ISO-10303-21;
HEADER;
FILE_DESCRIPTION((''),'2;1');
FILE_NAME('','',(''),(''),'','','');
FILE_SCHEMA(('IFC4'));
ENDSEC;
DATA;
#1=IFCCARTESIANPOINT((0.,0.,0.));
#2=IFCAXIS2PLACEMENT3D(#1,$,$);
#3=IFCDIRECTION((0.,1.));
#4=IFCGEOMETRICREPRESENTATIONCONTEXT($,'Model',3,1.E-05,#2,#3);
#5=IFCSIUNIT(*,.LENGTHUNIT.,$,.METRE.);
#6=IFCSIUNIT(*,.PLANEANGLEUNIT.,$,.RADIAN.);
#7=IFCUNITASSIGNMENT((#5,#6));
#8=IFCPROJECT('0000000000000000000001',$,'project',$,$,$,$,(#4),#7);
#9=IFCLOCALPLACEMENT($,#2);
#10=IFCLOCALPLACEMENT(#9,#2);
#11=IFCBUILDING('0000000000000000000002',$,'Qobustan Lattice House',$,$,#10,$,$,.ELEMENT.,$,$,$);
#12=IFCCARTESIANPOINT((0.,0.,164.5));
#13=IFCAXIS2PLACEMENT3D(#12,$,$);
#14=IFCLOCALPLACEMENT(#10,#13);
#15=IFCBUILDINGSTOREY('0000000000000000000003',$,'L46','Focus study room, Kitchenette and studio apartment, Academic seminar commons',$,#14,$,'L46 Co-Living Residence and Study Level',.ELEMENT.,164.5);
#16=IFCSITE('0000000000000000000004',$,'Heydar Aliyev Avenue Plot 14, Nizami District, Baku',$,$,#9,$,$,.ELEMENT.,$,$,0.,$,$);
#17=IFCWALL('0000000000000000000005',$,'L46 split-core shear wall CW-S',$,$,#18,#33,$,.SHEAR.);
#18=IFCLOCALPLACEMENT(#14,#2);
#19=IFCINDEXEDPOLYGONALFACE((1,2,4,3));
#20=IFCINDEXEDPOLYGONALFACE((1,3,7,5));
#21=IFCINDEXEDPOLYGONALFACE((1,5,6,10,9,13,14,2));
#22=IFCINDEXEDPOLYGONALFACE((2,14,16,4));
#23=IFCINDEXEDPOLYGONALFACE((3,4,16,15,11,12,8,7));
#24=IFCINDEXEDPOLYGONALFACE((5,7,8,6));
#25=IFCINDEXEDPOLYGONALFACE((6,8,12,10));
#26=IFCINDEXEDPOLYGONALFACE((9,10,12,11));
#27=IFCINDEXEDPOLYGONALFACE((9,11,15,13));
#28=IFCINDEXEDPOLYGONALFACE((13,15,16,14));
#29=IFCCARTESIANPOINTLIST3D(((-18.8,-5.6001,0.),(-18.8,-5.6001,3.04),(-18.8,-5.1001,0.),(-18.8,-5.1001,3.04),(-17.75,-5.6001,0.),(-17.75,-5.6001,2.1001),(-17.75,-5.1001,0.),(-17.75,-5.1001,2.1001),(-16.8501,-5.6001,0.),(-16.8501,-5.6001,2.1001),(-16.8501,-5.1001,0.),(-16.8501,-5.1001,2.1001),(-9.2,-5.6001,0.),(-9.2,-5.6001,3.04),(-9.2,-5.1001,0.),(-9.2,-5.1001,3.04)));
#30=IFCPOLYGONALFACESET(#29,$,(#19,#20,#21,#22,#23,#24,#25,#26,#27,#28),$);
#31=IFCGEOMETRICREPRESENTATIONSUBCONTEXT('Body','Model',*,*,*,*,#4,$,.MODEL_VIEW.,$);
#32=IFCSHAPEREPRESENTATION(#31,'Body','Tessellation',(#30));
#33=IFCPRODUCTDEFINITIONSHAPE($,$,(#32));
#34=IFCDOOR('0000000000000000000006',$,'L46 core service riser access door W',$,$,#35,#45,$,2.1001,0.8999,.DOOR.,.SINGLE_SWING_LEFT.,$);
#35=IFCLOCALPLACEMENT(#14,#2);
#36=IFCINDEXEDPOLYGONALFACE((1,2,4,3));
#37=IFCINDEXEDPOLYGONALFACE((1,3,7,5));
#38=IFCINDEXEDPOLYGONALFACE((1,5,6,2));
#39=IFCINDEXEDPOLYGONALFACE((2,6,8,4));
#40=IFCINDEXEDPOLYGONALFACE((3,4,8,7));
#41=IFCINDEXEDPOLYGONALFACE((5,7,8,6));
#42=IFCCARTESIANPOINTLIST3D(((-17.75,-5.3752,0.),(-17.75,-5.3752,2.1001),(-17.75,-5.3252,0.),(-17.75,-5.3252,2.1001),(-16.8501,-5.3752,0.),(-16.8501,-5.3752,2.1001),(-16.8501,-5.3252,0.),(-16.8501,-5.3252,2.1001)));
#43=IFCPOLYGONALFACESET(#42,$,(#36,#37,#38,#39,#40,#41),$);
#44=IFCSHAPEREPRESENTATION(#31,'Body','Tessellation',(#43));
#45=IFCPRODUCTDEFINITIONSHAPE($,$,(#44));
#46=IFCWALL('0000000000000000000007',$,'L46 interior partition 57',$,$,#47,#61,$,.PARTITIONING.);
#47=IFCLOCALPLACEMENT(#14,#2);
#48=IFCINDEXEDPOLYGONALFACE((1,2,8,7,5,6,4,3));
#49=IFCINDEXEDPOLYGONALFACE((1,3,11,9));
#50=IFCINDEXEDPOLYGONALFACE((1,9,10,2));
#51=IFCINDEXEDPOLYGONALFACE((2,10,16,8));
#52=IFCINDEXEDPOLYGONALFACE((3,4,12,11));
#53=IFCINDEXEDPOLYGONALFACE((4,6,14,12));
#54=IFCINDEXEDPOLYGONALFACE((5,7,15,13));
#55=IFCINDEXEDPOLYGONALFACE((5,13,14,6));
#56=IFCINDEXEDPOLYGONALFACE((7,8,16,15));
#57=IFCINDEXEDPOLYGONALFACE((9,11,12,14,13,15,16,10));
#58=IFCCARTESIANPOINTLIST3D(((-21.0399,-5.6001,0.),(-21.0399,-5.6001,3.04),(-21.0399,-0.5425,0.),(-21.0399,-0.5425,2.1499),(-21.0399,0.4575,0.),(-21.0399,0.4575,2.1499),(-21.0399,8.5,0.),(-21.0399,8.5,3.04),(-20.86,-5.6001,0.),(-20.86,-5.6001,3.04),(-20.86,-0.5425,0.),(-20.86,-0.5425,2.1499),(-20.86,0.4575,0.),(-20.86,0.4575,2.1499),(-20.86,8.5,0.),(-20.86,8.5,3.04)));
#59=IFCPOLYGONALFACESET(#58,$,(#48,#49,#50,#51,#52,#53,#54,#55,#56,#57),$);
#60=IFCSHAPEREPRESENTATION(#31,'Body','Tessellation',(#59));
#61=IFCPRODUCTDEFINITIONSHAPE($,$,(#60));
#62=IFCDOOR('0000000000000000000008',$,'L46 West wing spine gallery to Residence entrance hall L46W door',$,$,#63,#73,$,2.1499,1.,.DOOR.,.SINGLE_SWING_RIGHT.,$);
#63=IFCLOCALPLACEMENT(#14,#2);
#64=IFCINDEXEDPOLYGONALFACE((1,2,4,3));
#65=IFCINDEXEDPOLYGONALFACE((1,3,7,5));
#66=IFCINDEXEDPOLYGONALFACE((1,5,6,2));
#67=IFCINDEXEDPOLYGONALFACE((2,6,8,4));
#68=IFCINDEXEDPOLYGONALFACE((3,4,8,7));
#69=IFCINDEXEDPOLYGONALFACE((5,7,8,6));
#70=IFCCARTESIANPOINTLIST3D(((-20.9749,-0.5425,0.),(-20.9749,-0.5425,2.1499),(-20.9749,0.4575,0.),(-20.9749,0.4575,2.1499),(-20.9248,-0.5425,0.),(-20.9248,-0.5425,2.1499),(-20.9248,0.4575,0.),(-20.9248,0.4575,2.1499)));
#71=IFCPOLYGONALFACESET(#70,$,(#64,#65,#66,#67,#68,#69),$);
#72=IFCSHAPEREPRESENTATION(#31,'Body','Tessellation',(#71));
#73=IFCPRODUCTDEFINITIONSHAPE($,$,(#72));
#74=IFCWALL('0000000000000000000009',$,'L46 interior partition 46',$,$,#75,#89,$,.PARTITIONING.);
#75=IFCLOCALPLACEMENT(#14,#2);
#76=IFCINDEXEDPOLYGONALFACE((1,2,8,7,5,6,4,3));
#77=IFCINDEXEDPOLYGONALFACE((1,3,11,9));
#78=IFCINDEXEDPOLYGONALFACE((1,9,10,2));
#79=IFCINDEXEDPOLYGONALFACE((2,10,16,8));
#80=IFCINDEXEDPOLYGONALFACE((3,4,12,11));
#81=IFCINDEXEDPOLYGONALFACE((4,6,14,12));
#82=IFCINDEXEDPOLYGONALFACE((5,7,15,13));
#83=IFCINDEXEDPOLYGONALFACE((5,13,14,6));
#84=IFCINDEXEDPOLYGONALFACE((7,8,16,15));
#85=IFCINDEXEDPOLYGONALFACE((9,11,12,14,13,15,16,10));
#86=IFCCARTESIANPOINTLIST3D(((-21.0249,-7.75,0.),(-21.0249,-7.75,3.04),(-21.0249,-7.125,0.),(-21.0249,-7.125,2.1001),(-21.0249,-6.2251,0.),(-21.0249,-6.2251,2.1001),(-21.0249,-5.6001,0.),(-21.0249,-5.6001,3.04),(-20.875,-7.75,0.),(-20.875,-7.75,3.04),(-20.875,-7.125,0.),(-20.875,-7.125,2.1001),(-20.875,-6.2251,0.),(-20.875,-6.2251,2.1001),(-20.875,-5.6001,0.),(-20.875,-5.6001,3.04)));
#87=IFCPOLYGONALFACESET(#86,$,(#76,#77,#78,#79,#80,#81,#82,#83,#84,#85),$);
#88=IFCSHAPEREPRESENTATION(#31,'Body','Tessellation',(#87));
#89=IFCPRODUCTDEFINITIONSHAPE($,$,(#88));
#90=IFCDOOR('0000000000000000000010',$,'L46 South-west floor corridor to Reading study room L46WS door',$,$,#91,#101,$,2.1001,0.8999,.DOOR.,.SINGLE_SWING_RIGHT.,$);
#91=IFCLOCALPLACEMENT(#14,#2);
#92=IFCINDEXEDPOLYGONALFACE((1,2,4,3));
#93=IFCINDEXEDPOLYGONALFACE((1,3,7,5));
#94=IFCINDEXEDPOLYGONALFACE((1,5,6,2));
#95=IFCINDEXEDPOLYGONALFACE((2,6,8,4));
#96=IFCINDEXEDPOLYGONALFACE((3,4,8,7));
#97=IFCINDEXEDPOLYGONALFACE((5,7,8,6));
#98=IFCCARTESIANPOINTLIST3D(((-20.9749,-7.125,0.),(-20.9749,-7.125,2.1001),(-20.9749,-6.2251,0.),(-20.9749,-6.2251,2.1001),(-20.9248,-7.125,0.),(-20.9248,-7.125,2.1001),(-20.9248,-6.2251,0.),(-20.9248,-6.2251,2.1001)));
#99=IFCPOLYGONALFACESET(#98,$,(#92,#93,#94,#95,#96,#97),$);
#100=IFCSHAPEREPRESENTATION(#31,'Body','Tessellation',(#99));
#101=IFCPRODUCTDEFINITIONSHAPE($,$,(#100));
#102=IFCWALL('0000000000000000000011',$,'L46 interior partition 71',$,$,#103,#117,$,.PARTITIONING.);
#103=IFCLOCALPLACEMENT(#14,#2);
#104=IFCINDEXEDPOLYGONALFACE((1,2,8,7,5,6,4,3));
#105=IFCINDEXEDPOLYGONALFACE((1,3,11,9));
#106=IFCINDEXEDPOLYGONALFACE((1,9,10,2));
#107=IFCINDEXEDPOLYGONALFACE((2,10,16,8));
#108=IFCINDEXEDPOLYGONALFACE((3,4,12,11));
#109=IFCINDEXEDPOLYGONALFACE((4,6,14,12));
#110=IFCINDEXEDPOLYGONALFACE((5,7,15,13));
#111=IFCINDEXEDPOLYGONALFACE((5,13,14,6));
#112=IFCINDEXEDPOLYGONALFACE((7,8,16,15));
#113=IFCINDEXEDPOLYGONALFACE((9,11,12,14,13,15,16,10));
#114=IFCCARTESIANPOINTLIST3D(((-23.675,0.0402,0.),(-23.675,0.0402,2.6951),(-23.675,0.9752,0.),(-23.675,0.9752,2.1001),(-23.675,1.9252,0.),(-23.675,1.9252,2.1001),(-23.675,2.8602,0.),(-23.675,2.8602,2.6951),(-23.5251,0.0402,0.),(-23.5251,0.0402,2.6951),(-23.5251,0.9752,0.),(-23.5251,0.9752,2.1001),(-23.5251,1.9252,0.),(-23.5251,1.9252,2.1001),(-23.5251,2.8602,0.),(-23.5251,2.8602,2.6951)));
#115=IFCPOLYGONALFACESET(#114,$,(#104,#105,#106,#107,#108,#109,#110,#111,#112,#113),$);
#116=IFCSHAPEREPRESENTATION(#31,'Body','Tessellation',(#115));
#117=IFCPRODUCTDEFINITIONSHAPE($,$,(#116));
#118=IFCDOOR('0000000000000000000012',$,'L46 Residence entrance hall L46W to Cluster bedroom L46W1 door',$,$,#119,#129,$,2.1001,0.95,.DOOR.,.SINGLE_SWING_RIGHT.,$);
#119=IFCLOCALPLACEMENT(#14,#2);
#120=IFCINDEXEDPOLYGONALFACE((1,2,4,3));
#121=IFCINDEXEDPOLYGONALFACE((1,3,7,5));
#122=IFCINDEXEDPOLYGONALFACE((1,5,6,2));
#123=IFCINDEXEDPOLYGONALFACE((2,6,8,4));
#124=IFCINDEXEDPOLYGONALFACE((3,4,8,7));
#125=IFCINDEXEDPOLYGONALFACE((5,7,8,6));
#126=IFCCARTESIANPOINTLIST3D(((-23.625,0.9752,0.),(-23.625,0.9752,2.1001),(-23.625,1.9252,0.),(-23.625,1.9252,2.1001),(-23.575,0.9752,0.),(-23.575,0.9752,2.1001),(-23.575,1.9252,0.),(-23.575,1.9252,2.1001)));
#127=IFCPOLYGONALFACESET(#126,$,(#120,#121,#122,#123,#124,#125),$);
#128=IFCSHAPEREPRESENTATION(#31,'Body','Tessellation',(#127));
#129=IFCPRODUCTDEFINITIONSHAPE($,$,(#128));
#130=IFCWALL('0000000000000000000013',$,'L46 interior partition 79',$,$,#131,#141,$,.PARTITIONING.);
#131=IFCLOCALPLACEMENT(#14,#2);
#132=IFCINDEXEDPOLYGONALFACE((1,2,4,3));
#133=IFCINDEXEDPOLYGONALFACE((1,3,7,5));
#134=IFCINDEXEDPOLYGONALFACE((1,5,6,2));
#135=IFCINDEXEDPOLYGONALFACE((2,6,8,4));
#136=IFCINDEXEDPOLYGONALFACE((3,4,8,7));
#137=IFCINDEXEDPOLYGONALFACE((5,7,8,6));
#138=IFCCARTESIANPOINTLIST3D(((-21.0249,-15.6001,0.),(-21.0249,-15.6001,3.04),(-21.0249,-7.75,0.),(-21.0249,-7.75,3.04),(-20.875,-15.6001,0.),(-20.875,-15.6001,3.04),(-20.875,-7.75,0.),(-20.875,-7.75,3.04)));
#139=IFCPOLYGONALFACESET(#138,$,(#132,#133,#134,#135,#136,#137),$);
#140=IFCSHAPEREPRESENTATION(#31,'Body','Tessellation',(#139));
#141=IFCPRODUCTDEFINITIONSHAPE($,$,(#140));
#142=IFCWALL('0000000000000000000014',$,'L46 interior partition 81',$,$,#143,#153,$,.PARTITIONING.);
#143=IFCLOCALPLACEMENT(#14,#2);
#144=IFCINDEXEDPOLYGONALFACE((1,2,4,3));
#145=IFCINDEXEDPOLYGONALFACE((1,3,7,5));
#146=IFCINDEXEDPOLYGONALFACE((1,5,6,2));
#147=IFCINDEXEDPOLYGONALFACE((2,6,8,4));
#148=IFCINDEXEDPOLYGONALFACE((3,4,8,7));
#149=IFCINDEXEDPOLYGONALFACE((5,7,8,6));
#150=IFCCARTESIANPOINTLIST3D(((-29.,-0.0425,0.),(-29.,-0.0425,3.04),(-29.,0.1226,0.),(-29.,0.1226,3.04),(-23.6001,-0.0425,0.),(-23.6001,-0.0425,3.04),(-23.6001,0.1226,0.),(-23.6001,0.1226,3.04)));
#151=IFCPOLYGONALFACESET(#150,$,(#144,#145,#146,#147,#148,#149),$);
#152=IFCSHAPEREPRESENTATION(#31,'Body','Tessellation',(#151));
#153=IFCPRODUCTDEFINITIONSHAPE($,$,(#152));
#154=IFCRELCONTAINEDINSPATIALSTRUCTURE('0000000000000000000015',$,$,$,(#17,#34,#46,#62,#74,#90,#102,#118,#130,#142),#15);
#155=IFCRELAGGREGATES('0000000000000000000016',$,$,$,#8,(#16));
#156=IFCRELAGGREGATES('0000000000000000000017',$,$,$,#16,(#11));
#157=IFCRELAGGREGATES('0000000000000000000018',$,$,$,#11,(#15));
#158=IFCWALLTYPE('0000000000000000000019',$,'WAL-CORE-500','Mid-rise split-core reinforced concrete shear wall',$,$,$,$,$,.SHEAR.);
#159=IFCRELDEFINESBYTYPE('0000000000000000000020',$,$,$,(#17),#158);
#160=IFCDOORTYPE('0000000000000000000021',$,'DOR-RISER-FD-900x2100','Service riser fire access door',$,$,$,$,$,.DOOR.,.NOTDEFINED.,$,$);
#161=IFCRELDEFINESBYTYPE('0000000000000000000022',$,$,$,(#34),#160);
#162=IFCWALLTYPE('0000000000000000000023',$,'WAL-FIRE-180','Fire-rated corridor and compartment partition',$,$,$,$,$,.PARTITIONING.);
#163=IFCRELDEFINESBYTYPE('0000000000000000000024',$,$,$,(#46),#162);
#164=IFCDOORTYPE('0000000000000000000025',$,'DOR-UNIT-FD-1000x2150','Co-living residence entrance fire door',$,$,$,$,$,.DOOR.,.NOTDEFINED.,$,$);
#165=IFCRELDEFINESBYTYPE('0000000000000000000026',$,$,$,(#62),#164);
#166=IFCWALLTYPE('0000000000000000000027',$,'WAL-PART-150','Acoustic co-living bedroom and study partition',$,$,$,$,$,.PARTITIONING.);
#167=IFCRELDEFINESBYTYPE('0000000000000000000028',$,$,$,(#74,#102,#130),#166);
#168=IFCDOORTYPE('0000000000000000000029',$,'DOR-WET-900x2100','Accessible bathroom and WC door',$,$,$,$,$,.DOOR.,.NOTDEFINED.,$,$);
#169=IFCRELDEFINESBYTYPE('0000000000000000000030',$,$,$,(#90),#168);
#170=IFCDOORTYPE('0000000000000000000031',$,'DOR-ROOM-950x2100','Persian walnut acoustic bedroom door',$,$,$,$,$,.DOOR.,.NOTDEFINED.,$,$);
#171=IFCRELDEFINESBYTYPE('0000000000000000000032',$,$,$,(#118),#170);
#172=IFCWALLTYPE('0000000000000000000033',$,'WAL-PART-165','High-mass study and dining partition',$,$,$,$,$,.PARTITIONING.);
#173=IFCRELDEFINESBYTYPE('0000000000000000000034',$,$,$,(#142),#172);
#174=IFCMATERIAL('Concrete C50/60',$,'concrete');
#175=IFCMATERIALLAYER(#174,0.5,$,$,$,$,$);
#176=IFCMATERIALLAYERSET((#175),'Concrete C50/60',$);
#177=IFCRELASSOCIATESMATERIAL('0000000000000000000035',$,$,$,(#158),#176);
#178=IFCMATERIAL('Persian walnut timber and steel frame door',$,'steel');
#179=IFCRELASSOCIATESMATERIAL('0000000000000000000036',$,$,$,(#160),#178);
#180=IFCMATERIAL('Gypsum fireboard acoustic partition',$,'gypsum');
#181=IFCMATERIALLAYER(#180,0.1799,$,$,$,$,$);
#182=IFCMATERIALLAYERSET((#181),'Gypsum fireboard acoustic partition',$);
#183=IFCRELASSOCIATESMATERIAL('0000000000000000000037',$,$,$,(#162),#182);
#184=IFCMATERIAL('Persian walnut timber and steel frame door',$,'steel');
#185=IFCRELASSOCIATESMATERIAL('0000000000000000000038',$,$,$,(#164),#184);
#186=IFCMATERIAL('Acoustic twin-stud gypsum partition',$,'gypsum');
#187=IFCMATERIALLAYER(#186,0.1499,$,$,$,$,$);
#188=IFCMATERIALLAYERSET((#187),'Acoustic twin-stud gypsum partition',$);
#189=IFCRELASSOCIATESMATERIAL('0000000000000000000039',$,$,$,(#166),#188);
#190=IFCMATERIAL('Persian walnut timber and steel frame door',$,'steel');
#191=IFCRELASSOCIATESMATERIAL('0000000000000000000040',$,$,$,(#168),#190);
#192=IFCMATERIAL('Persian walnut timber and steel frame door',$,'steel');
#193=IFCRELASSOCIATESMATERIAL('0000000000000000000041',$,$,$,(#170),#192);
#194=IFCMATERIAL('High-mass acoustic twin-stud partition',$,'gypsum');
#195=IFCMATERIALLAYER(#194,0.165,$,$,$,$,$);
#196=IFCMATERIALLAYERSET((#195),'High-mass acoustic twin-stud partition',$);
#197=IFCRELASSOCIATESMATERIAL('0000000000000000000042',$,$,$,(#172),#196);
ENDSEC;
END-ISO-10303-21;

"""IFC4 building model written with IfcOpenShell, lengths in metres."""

from ifc_helpers import new_model, si_unit, direction, frame, frame_2d, origin, place, context, subcontext, project, spatial, rectangle, extrude, material, layer, layer_set, type_object, element, fill, save


model = new_model("IFC4")

# Units and contexts
model_context = context("Model", 3, precision=1e-05, world=origin(), true_north=direction((0.0, 1.0)))
body_context = subcontext(model_context, "Body", "Model", "MODEL_VIEW")
ifc_project = project(units=[si_unit("LENGTHUNIT", "METRE"), si_unit("PLANEANGLEUNIT", "RADIAN")], contexts=[model_context])

# Site, building, storey
site_placement = place(None, origin())
site = spatial("IfcSite", under=ifc_project, at=site_placement, Name="Heydar Aliyev Avenue Plot 14, Nizami District, Baku", CompositionType="ELEMENT", RefElevation=0.0)
building_placement = place(site_placement, origin())
building = spatial("IfcBuilding", under=site, at=building_placement, Name="Qobustan Lattice House", CompositionType="ELEMENT")
storey_placement = place(building_placement, frame((0.0, 0.0, 164.5)))
storey = spatial("IfcBuildingStorey", under=building, at=storey_placement, Name="L46", Description="Focus study room, Kitchenette and studio apartment, Academic seminar commons", LongName="L46 Co-Living Residence and Study Level", CompositionType="ELEMENT", Elevation=164.5)

# Walls, openings, doors
ifc_material_1 = material(Name="Concrete C50/60", Category="concrete")
ifc_layer_1 = layer(ifc_material_1, 0.5)
ifc_layer_set_1 = layer_set([ifc_layer_1], Name="Concrete C50/60")
wall_type_1 = type_object("IfcWallType", Name="WAL-CORE-500", Description="Mid-rise split-core reinforced concrete shear wall", PredefinedType="SHEAR", material=ifc_layer_set_1)
wall_1_placement = place(storey_placement, frame((-18.8, -5.3501, 0.0), z_axis=(0.0, 0.0, 1.0), x_axis=(1.0, 0.0, 0.0)))
wall_1 = element("IfcWall", 1, at=wall_1_placement, inside=storey, type_object=wall_type_1, Name="L46 split-core shear wall CW-S", PredefinedType="SHEAR", context=body_context, shape_type="SweptSolid", body=[
    extrude(rectangle(XDim=9.6001, YDim=0.5, at=frame_2d((4.8, 0.0))), origin(), (0.0, 0.0, 1.0), 3.04),
])
opening_1_placement = place(wall_1_placement, frame((1.05, 0.0, 0.0)))
opening_1 = element("IfcOpeningElement", 2, at=opening_1_placement, cuts=wall_1, PredefinedType="OPENING", context=body_context, shape_type="SweptSolid", body=[
    extrude(rectangle(XDim=0.8999, YDim=2.1001, at=frame_2d((0.45, 1.05))), frame((0.0, 0.26, 0.0), z_axis=(0.0, -1.0, 0.0), x_axis=(1.0, 0.0, 0.0)), (0.0, 0.0, 1.0), 0.52),
])
ifc_material_2 = material(Name="Persian walnut timber and steel frame door", Category="steel")
door_type_1 = type_object("IfcDoorType", Name="DOR-RISER-FD-900x2100", Description="Service riser fire access door", OperationType="NOTDEFINED", PredefinedType="DOOR", material=ifc_material_2)
door_1_placement = place(opening_1_placement, origin())
door_1 = element("IfcDoor", 3, at=door_1_placement, inside=storey, type_object=door_type_1, Name="L46 core service riser access door W", OperationType="SINGLE_SWING_LEFT", OverallHeight=2.1001, OverallWidth=0.8999, PredefinedType="DOOR", context=body_context, shape_type="SweptSolid", body=[
    extrude(rectangle(XDim=0.8999, YDim=2.1001, at=frame_2d((0.45, 1.05))), frame((0.0, 0.0249, 0.0), z_axis=(0.0, -1.0, 0.0), x_axis=(1.0, 0.0, 0.0)), (0.0, 0.0, 1.0), 0.05),
])
fill(opening_1, door_1)
ifc_material_3 = material(Name="Gypsum fireboard acoustic partition", Category="gypsum")
ifc_layer_2 = layer(ifc_material_3, 0.1799)
ifc_layer_set_2 = layer_set([ifc_layer_2], Name="Gypsum fireboard acoustic partition")
wall_type_2 = type_object("IfcWallType", Name="WAL-FIRE-180", Description="Fire-rated corridor and compartment partition", PredefinedType="PARTITIONING", material=ifc_layer_set_2)
wall_2_placement = place(storey_placement, frame((-20.95, -5.6001, 0.0), z_axis=(0.0, 0.0, 1.0), x_axis=(0.0, 1.0, 0.0)))
wall_2 = element("IfcWall", 4, at=wall_2_placement, inside=storey, type_object=wall_type_2, Name="L46 interior partition 57", PredefinedType="PARTITIONING", context=body_context, shape_type="SweptSolid", body=[
    extrude(rectangle(XDim=14.1001, YDim=0.1799, at=frame_2d((7.05, 0.0))), origin(), (0.0, 0.0, 1.0), 3.04),
])
opening_2_placement = place(wall_2_placement, frame((5.0576, 0.0, 0.0)))
opening_2 = element("IfcOpeningElement", 5, at=opening_2_placement, cuts=wall_2, PredefinedType="OPENING", context=body_context, shape_type="SweptSolid", body=[
    extrude(rectangle(XDim=1.0, YDim=2.1499, at=frame_2d((0.5, 1.075))), frame((0.0, 0.0999, 0.0), z_axis=(0.0, -1.0, 0.0), x_axis=(1.0, 0.0, 0.0)), (0.0, 0.0, 1.0), 0.2),
])
ifc_material_4 = material(Name="Persian walnut timber and steel frame door", Category="steel")
door_type_2 = type_object("IfcDoorType", Name="DOR-UNIT-FD-1000x2150", Description="Co-living residence entrance fire door", OperationType="NOTDEFINED", PredefinedType="DOOR", material=ifc_material_4)
door_2_placement = place(opening_2_placement, origin())
door_2 = element("IfcDoor", 6, at=door_2_placement, inside=storey, type_object=door_type_2, Name="L46 West wing spine gallery to Residence entrance hall L46W door", OperationType="SINGLE_SWING_RIGHT", OverallHeight=2.1499, OverallWidth=1.0, PredefinedType="DOOR", context=body_context, shape_type="SweptSolid", body=[
    extrude(rectangle(XDim=1.0, YDim=2.1499, at=frame_2d((0.5, 1.075))), frame((0.0, 0.0249, 0.0), z_axis=(0.0, -1.0, 0.0), x_axis=(1.0, 0.0, 0.0)), (0.0, 0.0, 1.0), 0.05),
])
fill(opening_2, door_2)
ifc_material_5 = material(Name="Acoustic twin-stud gypsum partition", Category="gypsum")
ifc_layer_3 = layer(ifc_material_5, 0.1499)
ifc_layer_set_3 = layer_set([ifc_layer_3], Name="Acoustic twin-stud gypsum partition")
wall_type_3 = type_object("IfcWallType", Name="WAL-PART-150", Description="Acoustic co-living bedroom and study partition", PredefinedType="PARTITIONING", material=ifc_layer_set_3)
wall_3_placement = place(storey_placement, frame((-20.95, -7.75, 0.0), z_axis=(0.0, 0.0, 1.0), x_axis=(0.0, 1.0, 0.0)))
wall_3 = element("IfcWall", 7, at=wall_3_placement, inside=storey, type_object=wall_type_3, Name="L46 interior partition 46", PredefinedType="PARTITIONING", context=body_context, shape_type="SweptSolid", body=[
    extrude(rectangle(XDim=2.1499, YDim=0.1499, at=frame_2d((1.075, 0.0))), origin(), (0.0, 0.0, 1.0), 3.04),
])
opening_3_placement = place(wall_3_placement, frame((0.625, 0.0, 0.0)))
opening_3 = element("IfcOpeningElement", 8, at=opening_3_placement, cuts=wall_3, PredefinedType="OPENING", context=body_context, shape_type="SweptSolid", body=[
    extrude(rectangle(XDim=0.8999, YDim=2.1001, at=frame_2d((0.45, 1.05))), frame((0.0, 0.085, 0.0), z_axis=(0.0, -1.0, 0.0), x_axis=(1.0, 0.0, 0.0)), (0.0, 0.0, 1.0), 0.1699),
])
ifc_material_6 = material(Name="Persian walnut timber and steel frame door", Category="steel")
door_type_3 = type_object("IfcDoorType", Name="DOR-WET-900x2100", Description="Accessible bathroom and WC door", OperationType="NOTDEFINED", PredefinedType="DOOR", material=ifc_material_6)
door_3_placement = place(opening_3_placement, origin())
door_3 = element("IfcDoor", 9, at=door_3_placement, inside=storey, type_object=door_type_3, Name="L46 South-west floor corridor to Reading study room L46WS door", OperationType="SINGLE_SWING_RIGHT", OverallHeight=2.1001, OverallWidth=0.8999, PredefinedType="DOOR", context=body_context, shape_type="SweptSolid", body=[
    extrude(rectangle(XDim=0.8999, YDim=2.1001, at=frame_2d((0.45, 1.05))), frame((0.0, 0.0249, 0.0), z_axis=(0.0, -1.0, 0.0), x_axis=(1.0, 0.0, 0.0)), (0.0, 0.0, 1.0), 0.05),
])
fill(opening_3, door_3)
wall_4_placement = place(storey_placement, frame((-23.6001, 0.04, 0.0), z_axis=(0.0, 0.0, 1.0), x_axis=(0.0, 1.0, 0.0)))
wall_4 = element("IfcWall", 10, at=wall_4_placement, inside=storey, type_object=wall_type_3, Name="L46 interior partition 71", PredefinedType="PARTITIONING", context=body_context, shape_type="SweptSolid", body=[
    extrude(rectangle(XDim=2.8201, YDim=0.1499, at=frame_2d((1.4102, 0.0))), origin(), (0.0, 0.0, 1.0), 2.6951),
])
opening_4_placement = place(wall_4_placement, frame((0.9351, 0.0, 0.0)))
opening_4 = element("IfcOpeningElement", 11, at=opening_4_placement, cuts=wall_4, PredefinedType="OPENING", context=body_context, shape_type="SweptSolid", body=[
    extrude(rectangle(XDim=0.95, YDim=2.1001, at=frame_2d((0.4751, 1.05))), frame((0.0, 0.085, 0.0), z_axis=(0.0, -1.0, 0.0), x_axis=(1.0, 0.0, 0.0)), (0.0, 0.0, 1.0), 0.1699),
])
ifc_material_7 = material(Name="Persian walnut timber and steel frame door", Category="steel")
door_type_4 = type_object("IfcDoorType", Name="DOR-ROOM-950x2100", Description="Persian walnut acoustic bedroom door", OperationType="NOTDEFINED", PredefinedType="DOOR", material=ifc_material_7)
door_4_placement = place(opening_4_placement, origin())
door_4 = element("IfcDoor", 12, at=door_4_placement, inside=storey, type_object=door_type_4, Name="L46 Residence entrance hall L46W to Cluster bedroom L46W1 door", OperationType="SINGLE_SWING_RIGHT", OverallHeight=2.1001, OverallWidth=0.95, PredefinedType="DOOR", context=body_context, shape_type="SweptSolid", body=[
    extrude(rectangle(XDim=0.95, YDim=2.1001, at=frame_2d((0.4751, 1.05))), frame((0.0, 0.0249, 0.0), z_axis=(0.0, -1.0, 0.0), x_axis=(1.0, 0.0, 0.0)), (0.0, 0.0, 1.0), 0.05),
])
fill(opening_4, door_4)

# Wall
wall_5_placement = place(storey_placement, frame((-20.95, -7.75, 0.0), z_axis=(0.0, 0.0, 1.0), x_axis=(0.0, -1.0, 0.0)))
element("IfcWall", 13, at=wall_5_placement, inside=storey, type_object=wall_type_3, Name="L46 interior partition 79", PredefinedType="PARTITIONING", context=body_context, shape_type="SweptSolid", body=[
    extrude(rectangle(XDim=7.8501, YDim=0.1499, at=frame_2d((3.925, 0.0))), origin(), (0.0, 0.0, 1.0), 3.04),
])

# Shared definitions
ifc_material_8 = material(Name="High-mass acoustic twin-stud partition", Category="gypsum")
ifc_layer_4 = layer(ifc_material_8, 0.165)
ifc_layer_set_4 = layer_set([ifc_layer_4], Name="High-mass acoustic twin-stud partition")
wall_type_4 = type_object("IfcWallType", Name="WAL-PART-165", Description="High-mass study and dining partition", PredefinedType="PARTITIONING", material=ifc_layer_set_4)

# Wall
wall_6_placement = place(storey_placement, frame((-29.0, 0.04, 0.0), z_axis=(0.0, 0.0, 1.0), x_axis=(1.0, 0.0, 0.0)))
element("IfcWall", 14, at=wall_6_placement, inside=storey, type_object=wall_type_4, Name="L46 interior partition 81", PredefinedType="PARTITIONING", context=body_context, shape_type="SweptSolid", body=[
    extrude(rectangle(XDim=5.3999, YDim=0.165, at=frame_2d((2.7, 0.0))), origin(), (0.0, 0.0, 1.0), 3.04),
])

save(model, "model.ifc")
